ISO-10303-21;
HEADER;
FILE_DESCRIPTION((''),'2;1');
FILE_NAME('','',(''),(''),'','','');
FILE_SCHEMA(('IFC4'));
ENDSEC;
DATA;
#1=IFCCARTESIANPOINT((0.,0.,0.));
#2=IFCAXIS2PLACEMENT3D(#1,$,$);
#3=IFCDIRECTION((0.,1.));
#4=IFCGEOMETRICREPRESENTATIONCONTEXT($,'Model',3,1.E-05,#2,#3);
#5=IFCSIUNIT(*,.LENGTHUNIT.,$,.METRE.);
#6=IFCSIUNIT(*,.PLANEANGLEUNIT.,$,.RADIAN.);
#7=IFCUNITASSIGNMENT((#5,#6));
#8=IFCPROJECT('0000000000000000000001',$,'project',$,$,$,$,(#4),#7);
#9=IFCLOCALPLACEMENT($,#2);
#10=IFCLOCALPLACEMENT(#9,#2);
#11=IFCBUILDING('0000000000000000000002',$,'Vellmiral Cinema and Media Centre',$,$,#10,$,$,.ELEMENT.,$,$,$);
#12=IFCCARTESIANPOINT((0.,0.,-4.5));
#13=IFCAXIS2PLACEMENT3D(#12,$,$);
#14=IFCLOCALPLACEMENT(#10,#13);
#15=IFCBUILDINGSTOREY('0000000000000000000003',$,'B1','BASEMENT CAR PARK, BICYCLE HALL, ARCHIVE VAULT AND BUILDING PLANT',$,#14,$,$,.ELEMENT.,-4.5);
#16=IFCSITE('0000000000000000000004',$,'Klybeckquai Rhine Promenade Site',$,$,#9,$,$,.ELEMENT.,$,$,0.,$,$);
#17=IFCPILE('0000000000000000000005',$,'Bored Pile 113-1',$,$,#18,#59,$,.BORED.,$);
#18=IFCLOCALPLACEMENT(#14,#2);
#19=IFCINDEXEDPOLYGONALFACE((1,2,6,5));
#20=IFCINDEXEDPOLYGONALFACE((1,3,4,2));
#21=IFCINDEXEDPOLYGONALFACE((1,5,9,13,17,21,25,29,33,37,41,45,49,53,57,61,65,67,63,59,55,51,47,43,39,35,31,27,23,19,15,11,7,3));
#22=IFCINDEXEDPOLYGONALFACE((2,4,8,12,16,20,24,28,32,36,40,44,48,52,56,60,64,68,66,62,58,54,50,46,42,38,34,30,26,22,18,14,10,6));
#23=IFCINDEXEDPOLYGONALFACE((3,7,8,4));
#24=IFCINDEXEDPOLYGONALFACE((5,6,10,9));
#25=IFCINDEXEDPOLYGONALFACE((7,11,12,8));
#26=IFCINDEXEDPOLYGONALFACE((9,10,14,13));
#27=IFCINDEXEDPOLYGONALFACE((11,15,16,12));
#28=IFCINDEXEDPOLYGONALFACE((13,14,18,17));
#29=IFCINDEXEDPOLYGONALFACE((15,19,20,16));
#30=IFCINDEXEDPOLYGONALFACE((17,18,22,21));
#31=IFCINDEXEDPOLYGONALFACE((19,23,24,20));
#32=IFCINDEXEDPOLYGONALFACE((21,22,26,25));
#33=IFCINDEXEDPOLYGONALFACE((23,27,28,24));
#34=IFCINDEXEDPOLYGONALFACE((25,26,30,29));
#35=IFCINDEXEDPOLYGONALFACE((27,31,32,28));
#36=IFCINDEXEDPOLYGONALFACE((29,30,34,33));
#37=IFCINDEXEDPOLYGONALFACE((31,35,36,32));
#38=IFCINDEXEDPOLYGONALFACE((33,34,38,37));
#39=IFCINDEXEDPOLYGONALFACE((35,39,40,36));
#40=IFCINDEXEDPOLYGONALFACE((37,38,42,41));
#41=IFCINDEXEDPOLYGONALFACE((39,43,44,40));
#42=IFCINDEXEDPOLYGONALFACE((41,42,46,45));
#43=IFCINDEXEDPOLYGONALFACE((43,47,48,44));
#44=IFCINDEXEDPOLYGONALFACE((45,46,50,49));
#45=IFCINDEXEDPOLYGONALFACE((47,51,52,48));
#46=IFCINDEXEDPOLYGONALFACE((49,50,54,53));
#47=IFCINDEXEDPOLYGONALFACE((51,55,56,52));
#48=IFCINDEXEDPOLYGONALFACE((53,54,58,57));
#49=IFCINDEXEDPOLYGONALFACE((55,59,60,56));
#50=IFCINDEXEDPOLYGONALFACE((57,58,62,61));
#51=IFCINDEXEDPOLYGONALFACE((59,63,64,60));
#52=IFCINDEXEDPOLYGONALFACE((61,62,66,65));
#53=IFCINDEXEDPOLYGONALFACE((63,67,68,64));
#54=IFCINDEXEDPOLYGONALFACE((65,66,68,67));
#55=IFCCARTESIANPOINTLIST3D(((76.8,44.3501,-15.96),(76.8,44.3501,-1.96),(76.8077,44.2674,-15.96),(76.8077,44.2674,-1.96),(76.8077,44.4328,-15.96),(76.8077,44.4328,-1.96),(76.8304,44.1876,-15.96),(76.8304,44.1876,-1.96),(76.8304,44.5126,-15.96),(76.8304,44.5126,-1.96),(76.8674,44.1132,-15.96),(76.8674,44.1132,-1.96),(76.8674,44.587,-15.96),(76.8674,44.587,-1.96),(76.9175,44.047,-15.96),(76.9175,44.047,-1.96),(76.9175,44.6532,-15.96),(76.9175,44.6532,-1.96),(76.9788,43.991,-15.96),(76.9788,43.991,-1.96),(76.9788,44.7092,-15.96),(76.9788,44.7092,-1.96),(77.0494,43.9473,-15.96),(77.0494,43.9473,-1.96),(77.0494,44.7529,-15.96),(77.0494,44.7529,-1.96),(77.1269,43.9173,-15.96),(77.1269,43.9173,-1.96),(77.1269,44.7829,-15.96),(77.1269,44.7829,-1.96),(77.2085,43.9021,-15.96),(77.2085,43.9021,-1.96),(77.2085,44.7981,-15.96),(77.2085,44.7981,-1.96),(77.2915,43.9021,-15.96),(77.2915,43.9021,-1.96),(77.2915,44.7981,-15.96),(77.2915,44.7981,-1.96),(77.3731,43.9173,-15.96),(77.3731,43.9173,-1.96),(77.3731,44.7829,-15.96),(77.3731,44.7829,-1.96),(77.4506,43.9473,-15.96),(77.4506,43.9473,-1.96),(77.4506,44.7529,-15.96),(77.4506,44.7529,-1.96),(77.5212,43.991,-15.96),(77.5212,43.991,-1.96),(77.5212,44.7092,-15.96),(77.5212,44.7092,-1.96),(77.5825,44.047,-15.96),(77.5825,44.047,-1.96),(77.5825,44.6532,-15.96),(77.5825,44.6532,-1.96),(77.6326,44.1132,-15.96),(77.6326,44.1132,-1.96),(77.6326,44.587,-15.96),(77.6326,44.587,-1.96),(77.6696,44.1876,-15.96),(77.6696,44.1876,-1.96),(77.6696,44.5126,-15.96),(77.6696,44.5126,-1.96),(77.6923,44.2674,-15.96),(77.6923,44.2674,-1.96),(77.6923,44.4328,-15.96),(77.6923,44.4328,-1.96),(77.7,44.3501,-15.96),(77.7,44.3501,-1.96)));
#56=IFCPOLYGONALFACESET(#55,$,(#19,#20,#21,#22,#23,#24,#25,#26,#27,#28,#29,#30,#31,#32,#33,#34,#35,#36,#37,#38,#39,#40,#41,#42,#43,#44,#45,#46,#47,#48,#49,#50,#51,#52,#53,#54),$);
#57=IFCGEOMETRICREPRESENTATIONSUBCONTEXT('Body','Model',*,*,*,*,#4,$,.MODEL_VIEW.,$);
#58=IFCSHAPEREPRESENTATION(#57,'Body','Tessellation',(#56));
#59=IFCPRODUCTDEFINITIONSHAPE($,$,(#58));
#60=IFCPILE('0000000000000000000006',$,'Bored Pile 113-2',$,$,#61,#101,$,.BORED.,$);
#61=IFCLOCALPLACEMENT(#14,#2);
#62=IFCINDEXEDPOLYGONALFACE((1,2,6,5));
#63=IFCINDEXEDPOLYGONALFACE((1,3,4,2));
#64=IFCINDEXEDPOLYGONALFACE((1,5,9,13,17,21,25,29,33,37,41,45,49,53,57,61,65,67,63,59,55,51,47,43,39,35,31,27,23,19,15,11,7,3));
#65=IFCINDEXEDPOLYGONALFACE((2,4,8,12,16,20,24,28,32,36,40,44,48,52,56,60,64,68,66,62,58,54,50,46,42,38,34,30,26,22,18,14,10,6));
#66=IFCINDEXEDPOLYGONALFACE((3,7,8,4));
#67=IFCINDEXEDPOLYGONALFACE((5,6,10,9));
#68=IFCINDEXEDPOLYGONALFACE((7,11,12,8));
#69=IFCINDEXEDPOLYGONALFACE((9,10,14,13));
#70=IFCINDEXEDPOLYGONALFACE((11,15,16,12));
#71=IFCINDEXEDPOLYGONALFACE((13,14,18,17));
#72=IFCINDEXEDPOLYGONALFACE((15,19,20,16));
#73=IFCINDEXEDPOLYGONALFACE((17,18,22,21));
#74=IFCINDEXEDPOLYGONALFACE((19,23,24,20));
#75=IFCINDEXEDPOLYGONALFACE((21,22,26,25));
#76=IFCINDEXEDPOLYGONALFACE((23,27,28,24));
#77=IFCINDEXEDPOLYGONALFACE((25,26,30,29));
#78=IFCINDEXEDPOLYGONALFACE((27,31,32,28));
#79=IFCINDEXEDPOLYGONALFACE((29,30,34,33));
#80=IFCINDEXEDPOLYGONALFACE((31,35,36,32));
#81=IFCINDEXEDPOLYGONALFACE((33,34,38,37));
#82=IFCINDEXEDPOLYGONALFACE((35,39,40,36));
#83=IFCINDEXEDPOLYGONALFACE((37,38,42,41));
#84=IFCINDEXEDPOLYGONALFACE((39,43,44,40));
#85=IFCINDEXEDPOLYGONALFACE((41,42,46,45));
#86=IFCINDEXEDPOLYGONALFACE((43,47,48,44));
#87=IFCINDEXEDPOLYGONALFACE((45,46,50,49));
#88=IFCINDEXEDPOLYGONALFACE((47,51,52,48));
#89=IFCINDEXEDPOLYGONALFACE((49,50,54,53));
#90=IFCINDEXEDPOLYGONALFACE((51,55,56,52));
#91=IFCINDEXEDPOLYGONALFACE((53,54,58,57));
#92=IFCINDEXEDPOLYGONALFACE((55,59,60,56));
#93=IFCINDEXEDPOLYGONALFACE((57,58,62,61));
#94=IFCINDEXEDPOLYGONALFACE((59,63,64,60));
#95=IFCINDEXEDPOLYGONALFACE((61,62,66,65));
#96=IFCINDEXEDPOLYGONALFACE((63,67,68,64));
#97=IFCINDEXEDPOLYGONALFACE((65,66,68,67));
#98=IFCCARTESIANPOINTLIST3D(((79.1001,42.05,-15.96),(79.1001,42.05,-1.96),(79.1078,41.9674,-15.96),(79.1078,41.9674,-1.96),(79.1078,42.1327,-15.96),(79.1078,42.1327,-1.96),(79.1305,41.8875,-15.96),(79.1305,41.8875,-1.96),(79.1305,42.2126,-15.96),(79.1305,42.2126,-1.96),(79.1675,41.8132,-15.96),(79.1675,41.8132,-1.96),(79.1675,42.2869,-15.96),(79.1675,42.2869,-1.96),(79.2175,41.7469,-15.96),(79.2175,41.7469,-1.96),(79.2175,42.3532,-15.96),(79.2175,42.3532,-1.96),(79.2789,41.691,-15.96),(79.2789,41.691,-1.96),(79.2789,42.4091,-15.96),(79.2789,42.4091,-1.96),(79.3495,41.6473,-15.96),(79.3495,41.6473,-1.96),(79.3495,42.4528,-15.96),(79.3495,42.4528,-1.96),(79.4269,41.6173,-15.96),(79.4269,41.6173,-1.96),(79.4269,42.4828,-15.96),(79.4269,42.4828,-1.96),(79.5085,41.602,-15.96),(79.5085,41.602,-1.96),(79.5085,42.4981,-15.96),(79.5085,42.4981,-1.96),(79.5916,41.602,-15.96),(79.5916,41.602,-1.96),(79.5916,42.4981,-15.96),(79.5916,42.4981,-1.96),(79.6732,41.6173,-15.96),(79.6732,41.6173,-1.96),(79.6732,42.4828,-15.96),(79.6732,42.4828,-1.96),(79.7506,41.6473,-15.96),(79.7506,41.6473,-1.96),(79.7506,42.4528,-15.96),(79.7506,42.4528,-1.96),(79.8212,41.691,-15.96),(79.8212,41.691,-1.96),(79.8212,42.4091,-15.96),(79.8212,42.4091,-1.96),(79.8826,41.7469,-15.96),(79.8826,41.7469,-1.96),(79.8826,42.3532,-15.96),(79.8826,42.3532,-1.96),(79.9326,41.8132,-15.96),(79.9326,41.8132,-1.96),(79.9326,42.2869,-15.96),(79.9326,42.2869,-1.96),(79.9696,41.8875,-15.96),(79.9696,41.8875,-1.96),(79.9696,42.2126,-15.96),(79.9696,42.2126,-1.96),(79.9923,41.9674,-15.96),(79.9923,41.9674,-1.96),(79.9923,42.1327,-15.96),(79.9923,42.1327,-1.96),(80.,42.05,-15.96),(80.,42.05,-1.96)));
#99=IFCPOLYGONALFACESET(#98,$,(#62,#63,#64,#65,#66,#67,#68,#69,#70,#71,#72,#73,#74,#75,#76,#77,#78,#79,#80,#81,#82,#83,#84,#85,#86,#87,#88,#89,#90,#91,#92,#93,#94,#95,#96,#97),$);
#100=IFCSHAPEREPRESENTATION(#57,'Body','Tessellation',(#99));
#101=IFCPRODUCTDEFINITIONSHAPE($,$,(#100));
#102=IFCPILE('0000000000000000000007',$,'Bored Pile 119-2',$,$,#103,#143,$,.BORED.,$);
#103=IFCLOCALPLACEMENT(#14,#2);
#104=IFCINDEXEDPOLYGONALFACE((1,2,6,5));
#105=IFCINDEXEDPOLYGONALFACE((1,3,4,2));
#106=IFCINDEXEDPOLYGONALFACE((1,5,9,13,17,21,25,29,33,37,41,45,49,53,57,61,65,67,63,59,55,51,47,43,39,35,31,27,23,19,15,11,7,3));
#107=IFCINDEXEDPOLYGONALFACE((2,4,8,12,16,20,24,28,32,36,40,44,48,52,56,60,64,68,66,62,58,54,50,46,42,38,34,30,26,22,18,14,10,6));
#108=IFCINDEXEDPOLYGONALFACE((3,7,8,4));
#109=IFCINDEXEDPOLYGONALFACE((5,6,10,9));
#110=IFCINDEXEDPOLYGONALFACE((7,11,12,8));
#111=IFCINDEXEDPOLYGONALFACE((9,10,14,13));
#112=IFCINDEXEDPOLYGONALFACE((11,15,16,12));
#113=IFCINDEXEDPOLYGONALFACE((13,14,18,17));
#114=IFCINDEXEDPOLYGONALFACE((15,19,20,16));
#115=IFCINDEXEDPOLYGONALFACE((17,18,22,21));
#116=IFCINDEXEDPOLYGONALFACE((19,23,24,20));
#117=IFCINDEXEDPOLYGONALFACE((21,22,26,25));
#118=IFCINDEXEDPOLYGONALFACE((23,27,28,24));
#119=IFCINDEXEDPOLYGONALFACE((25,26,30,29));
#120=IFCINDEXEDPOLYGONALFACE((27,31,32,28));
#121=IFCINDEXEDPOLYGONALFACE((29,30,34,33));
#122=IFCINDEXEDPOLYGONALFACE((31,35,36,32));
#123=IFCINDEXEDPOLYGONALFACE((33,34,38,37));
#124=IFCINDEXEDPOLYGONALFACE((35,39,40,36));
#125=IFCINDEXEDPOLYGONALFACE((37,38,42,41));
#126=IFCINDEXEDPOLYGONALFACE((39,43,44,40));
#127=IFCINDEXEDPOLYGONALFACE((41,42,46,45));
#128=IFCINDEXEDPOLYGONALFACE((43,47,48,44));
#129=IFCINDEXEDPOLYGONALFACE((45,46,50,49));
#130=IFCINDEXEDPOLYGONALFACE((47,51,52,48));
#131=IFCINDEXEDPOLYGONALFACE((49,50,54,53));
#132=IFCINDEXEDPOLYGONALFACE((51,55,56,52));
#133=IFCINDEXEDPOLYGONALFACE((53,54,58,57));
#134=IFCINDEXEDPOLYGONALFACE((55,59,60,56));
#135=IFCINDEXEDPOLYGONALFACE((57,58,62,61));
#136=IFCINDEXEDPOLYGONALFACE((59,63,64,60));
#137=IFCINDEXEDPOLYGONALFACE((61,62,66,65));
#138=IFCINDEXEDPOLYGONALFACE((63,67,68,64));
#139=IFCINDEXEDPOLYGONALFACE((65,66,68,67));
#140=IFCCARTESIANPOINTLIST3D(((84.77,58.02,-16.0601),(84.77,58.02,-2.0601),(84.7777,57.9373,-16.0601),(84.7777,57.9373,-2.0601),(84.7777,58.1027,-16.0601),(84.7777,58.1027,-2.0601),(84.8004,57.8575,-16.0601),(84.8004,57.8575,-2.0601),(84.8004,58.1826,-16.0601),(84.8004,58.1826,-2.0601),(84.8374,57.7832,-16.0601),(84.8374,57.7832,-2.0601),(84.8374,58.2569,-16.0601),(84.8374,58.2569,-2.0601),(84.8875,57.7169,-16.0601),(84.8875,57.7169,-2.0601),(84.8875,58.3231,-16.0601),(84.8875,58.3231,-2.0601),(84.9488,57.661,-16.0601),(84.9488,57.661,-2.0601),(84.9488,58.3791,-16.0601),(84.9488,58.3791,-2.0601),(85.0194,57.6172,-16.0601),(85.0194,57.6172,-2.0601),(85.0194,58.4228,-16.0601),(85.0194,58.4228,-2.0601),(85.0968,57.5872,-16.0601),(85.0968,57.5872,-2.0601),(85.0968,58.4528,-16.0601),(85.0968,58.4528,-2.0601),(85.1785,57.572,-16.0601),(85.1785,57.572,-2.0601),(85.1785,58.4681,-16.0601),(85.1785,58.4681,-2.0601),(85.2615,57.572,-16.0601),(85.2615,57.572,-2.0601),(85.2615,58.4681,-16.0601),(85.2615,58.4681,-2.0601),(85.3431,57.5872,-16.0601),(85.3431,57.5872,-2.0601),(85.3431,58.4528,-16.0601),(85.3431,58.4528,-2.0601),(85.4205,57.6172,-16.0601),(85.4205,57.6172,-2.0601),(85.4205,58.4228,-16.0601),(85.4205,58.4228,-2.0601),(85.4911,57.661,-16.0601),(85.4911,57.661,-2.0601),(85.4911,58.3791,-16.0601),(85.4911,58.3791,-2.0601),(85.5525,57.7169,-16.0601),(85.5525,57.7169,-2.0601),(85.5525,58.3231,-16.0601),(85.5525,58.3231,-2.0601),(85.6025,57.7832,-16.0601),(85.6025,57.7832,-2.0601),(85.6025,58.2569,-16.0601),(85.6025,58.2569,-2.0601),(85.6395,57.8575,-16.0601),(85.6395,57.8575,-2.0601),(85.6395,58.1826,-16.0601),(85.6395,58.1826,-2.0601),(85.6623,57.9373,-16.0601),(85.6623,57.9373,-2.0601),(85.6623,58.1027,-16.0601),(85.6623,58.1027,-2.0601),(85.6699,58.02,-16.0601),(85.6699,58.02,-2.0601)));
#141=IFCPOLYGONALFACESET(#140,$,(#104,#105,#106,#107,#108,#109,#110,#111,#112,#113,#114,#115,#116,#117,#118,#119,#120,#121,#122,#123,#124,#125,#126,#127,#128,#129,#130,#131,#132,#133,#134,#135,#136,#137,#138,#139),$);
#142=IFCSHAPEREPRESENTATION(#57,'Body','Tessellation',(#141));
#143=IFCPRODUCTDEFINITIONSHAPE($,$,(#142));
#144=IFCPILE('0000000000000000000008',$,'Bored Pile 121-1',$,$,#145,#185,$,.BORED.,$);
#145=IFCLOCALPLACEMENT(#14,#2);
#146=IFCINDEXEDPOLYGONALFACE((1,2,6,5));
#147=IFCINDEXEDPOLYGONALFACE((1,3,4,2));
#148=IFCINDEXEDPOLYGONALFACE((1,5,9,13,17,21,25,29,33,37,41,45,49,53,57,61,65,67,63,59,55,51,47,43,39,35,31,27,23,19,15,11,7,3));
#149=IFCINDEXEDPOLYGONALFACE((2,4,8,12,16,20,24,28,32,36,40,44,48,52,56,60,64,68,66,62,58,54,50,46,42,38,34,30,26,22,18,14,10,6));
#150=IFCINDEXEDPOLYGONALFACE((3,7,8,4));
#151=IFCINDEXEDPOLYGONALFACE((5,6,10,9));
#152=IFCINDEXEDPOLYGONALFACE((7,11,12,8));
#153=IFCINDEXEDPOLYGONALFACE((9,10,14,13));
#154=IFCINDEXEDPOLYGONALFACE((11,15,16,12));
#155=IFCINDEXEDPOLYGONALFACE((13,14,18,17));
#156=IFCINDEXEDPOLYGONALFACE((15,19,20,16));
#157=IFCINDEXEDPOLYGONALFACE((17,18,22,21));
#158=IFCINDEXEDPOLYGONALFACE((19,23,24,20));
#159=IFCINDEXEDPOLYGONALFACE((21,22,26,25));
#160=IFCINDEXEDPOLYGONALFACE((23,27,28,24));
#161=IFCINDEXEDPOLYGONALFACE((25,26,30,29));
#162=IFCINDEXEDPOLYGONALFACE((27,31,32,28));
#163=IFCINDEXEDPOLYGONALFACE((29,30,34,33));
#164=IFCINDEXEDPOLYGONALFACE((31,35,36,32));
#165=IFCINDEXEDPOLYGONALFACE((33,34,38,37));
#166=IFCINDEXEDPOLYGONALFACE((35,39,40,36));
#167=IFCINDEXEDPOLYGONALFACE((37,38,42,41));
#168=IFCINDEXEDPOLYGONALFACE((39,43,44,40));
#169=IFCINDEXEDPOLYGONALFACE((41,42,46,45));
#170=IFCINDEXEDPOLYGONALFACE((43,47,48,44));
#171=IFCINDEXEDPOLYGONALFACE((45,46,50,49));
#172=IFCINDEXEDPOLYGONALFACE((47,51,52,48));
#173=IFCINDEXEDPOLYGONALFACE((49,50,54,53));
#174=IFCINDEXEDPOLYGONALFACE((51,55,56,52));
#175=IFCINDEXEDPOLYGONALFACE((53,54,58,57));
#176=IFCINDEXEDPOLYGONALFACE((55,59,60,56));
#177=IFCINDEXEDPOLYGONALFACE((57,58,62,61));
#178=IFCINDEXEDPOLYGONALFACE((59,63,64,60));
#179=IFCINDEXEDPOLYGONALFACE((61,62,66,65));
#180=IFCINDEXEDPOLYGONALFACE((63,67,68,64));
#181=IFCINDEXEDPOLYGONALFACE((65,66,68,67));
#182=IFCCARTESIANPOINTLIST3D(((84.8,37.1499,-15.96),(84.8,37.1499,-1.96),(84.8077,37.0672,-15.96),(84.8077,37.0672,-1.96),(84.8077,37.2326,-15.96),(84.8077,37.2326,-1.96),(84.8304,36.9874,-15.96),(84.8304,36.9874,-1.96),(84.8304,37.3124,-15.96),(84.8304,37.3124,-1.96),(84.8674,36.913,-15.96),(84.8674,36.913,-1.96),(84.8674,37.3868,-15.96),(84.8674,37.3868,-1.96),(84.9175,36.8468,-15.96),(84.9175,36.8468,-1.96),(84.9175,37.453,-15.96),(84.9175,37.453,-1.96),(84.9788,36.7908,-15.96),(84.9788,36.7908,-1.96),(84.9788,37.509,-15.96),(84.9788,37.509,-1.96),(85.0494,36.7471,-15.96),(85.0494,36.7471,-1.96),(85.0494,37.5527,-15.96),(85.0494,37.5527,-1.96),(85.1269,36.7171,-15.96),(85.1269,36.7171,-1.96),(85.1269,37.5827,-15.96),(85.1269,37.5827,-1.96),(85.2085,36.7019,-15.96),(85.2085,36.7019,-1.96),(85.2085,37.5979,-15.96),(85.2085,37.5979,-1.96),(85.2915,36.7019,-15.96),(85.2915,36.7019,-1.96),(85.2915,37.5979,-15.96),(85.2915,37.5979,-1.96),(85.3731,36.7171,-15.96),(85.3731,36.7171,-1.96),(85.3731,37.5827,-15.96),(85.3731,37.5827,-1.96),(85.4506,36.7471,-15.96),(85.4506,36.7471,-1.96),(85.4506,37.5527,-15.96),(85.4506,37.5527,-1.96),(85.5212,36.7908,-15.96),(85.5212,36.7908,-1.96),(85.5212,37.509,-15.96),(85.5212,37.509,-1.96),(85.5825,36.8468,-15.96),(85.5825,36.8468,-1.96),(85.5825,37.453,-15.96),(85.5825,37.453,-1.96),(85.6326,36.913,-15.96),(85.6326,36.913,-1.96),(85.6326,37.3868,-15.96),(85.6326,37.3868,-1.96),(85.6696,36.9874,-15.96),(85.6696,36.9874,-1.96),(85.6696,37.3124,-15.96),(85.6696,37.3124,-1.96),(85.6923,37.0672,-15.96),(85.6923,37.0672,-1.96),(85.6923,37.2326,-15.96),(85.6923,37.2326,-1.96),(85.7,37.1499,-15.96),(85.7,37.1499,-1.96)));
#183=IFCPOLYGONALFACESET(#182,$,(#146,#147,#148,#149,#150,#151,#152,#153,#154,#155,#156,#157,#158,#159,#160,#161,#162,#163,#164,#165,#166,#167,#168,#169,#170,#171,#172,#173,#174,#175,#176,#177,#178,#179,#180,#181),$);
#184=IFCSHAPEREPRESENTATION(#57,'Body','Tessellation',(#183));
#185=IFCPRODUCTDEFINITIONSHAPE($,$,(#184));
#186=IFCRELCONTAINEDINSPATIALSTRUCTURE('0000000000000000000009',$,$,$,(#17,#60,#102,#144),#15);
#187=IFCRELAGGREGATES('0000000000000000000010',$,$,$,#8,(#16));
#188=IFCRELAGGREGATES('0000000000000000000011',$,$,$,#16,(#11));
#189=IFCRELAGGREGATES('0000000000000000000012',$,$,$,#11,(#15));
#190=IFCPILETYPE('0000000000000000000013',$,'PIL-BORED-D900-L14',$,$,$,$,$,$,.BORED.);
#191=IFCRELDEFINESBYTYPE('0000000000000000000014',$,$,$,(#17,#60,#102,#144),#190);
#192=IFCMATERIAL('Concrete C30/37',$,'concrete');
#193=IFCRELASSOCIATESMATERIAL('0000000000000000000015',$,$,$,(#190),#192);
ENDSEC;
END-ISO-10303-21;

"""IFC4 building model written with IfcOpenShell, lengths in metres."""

from ifc_helpers import new_model, si_unit, direction, frame, origin, origin_2d, place, context, subcontext, project, spatial, circle, extrude, material, material_profile, profile_set, type_object, element, save


model = new_model("IFC4")

# Units and contexts
model_context = context("Model", 3, precision=1e-05, world=origin(), true_north=direction((0.0, 1.0)))
body_context = subcontext(model_context, "Body", "Model", "MODEL_VIEW")
ifc_project = project(units=[si_unit("LENGTHUNIT", "METRE"), si_unit("PLANEANGLEUNIT", "RADIAN")], contexts=[model_context])

# Site, building, storey
site_placement = place(None, origin())
site = spatial("IfcSite", under=ifc_project, at=site_placement, Name="Klybeckquai Rhine Promenade Site", CompositionType="ELEMENT", RefElevation=0.0)
building_placement = place(site_placement, origin())
building = spatial("IfcBuilding", under=site, at=building_placement, Name="Vellmiral Cinema and Media Centre", CompositionType="ELEMENT")
storey_placement = place(building_placement, frame((0.0, 0.0, -4.5)))
storey = spatial("IfcBuildingStorey", under=building, at=storey_placement, Name="B1", Description="BASEMENT CAR PARK, BICYCLE HALL, ARCHIVE VAULT AND BUILDING PLANT", CompositionType="ELEMENT", Elevation=-4.5)

# Piles
ifc_material_1 = material(Name="Concrete C30/37", Category="concrete")
ifc_material_profile_1 = material_profile(ifc_material_1, circle(Radius=0.45, at=origin_2d()), Name="PILE D900")
ifc_profile_set_1 = profile_set([ifc_material_profile_1], Name="Concrete C30/37")
pile_type_1 = type_object("IfcPileType", Name="PIL-BORED-D900-L14", PredefinedType="BORED", material=ifc_profile_set_1)
for number, where, z_axis, x_axis, name in (
    (1, (77.25, 44.3501, -1.96), (0.0, 0.0, -1.0), (1.0, 0.0, 0.0), "Bored Pile 113-1"),
    (2, (79.55, 42.05, -1.96), (0.0, 0.0, -1.0), (1.0, 0.0, 0.0), "Bored Pile 113-2"),
    (3, (85.22, 58.02, -2.0601), (0.0, 0.0, -1.0), (1.0, 0.0, 0.0), "Bored Pile 119-2"),
    (4, (85.25, 37.1499, -1.96), (0.0, 0.0, -1.0), (1.0, 0.0, 0.0), "Bored Pile 121-1"),
):
    element("IfcPile", number, at=place(storey_placement, frame(where, z_axis=z_axis, x_axis=x_axis)), inside=storey, type_object=pile_type_1, Name=name, PredefinedType="BORED", context=body_context, shape_type="SweptSolid", body=[
        extrude(circle(Radius=0.45, at=origin_2d()), origin(), (0.0, 0.0, 1.0), 14.0),
    ])

save(model, "model.ifc")
